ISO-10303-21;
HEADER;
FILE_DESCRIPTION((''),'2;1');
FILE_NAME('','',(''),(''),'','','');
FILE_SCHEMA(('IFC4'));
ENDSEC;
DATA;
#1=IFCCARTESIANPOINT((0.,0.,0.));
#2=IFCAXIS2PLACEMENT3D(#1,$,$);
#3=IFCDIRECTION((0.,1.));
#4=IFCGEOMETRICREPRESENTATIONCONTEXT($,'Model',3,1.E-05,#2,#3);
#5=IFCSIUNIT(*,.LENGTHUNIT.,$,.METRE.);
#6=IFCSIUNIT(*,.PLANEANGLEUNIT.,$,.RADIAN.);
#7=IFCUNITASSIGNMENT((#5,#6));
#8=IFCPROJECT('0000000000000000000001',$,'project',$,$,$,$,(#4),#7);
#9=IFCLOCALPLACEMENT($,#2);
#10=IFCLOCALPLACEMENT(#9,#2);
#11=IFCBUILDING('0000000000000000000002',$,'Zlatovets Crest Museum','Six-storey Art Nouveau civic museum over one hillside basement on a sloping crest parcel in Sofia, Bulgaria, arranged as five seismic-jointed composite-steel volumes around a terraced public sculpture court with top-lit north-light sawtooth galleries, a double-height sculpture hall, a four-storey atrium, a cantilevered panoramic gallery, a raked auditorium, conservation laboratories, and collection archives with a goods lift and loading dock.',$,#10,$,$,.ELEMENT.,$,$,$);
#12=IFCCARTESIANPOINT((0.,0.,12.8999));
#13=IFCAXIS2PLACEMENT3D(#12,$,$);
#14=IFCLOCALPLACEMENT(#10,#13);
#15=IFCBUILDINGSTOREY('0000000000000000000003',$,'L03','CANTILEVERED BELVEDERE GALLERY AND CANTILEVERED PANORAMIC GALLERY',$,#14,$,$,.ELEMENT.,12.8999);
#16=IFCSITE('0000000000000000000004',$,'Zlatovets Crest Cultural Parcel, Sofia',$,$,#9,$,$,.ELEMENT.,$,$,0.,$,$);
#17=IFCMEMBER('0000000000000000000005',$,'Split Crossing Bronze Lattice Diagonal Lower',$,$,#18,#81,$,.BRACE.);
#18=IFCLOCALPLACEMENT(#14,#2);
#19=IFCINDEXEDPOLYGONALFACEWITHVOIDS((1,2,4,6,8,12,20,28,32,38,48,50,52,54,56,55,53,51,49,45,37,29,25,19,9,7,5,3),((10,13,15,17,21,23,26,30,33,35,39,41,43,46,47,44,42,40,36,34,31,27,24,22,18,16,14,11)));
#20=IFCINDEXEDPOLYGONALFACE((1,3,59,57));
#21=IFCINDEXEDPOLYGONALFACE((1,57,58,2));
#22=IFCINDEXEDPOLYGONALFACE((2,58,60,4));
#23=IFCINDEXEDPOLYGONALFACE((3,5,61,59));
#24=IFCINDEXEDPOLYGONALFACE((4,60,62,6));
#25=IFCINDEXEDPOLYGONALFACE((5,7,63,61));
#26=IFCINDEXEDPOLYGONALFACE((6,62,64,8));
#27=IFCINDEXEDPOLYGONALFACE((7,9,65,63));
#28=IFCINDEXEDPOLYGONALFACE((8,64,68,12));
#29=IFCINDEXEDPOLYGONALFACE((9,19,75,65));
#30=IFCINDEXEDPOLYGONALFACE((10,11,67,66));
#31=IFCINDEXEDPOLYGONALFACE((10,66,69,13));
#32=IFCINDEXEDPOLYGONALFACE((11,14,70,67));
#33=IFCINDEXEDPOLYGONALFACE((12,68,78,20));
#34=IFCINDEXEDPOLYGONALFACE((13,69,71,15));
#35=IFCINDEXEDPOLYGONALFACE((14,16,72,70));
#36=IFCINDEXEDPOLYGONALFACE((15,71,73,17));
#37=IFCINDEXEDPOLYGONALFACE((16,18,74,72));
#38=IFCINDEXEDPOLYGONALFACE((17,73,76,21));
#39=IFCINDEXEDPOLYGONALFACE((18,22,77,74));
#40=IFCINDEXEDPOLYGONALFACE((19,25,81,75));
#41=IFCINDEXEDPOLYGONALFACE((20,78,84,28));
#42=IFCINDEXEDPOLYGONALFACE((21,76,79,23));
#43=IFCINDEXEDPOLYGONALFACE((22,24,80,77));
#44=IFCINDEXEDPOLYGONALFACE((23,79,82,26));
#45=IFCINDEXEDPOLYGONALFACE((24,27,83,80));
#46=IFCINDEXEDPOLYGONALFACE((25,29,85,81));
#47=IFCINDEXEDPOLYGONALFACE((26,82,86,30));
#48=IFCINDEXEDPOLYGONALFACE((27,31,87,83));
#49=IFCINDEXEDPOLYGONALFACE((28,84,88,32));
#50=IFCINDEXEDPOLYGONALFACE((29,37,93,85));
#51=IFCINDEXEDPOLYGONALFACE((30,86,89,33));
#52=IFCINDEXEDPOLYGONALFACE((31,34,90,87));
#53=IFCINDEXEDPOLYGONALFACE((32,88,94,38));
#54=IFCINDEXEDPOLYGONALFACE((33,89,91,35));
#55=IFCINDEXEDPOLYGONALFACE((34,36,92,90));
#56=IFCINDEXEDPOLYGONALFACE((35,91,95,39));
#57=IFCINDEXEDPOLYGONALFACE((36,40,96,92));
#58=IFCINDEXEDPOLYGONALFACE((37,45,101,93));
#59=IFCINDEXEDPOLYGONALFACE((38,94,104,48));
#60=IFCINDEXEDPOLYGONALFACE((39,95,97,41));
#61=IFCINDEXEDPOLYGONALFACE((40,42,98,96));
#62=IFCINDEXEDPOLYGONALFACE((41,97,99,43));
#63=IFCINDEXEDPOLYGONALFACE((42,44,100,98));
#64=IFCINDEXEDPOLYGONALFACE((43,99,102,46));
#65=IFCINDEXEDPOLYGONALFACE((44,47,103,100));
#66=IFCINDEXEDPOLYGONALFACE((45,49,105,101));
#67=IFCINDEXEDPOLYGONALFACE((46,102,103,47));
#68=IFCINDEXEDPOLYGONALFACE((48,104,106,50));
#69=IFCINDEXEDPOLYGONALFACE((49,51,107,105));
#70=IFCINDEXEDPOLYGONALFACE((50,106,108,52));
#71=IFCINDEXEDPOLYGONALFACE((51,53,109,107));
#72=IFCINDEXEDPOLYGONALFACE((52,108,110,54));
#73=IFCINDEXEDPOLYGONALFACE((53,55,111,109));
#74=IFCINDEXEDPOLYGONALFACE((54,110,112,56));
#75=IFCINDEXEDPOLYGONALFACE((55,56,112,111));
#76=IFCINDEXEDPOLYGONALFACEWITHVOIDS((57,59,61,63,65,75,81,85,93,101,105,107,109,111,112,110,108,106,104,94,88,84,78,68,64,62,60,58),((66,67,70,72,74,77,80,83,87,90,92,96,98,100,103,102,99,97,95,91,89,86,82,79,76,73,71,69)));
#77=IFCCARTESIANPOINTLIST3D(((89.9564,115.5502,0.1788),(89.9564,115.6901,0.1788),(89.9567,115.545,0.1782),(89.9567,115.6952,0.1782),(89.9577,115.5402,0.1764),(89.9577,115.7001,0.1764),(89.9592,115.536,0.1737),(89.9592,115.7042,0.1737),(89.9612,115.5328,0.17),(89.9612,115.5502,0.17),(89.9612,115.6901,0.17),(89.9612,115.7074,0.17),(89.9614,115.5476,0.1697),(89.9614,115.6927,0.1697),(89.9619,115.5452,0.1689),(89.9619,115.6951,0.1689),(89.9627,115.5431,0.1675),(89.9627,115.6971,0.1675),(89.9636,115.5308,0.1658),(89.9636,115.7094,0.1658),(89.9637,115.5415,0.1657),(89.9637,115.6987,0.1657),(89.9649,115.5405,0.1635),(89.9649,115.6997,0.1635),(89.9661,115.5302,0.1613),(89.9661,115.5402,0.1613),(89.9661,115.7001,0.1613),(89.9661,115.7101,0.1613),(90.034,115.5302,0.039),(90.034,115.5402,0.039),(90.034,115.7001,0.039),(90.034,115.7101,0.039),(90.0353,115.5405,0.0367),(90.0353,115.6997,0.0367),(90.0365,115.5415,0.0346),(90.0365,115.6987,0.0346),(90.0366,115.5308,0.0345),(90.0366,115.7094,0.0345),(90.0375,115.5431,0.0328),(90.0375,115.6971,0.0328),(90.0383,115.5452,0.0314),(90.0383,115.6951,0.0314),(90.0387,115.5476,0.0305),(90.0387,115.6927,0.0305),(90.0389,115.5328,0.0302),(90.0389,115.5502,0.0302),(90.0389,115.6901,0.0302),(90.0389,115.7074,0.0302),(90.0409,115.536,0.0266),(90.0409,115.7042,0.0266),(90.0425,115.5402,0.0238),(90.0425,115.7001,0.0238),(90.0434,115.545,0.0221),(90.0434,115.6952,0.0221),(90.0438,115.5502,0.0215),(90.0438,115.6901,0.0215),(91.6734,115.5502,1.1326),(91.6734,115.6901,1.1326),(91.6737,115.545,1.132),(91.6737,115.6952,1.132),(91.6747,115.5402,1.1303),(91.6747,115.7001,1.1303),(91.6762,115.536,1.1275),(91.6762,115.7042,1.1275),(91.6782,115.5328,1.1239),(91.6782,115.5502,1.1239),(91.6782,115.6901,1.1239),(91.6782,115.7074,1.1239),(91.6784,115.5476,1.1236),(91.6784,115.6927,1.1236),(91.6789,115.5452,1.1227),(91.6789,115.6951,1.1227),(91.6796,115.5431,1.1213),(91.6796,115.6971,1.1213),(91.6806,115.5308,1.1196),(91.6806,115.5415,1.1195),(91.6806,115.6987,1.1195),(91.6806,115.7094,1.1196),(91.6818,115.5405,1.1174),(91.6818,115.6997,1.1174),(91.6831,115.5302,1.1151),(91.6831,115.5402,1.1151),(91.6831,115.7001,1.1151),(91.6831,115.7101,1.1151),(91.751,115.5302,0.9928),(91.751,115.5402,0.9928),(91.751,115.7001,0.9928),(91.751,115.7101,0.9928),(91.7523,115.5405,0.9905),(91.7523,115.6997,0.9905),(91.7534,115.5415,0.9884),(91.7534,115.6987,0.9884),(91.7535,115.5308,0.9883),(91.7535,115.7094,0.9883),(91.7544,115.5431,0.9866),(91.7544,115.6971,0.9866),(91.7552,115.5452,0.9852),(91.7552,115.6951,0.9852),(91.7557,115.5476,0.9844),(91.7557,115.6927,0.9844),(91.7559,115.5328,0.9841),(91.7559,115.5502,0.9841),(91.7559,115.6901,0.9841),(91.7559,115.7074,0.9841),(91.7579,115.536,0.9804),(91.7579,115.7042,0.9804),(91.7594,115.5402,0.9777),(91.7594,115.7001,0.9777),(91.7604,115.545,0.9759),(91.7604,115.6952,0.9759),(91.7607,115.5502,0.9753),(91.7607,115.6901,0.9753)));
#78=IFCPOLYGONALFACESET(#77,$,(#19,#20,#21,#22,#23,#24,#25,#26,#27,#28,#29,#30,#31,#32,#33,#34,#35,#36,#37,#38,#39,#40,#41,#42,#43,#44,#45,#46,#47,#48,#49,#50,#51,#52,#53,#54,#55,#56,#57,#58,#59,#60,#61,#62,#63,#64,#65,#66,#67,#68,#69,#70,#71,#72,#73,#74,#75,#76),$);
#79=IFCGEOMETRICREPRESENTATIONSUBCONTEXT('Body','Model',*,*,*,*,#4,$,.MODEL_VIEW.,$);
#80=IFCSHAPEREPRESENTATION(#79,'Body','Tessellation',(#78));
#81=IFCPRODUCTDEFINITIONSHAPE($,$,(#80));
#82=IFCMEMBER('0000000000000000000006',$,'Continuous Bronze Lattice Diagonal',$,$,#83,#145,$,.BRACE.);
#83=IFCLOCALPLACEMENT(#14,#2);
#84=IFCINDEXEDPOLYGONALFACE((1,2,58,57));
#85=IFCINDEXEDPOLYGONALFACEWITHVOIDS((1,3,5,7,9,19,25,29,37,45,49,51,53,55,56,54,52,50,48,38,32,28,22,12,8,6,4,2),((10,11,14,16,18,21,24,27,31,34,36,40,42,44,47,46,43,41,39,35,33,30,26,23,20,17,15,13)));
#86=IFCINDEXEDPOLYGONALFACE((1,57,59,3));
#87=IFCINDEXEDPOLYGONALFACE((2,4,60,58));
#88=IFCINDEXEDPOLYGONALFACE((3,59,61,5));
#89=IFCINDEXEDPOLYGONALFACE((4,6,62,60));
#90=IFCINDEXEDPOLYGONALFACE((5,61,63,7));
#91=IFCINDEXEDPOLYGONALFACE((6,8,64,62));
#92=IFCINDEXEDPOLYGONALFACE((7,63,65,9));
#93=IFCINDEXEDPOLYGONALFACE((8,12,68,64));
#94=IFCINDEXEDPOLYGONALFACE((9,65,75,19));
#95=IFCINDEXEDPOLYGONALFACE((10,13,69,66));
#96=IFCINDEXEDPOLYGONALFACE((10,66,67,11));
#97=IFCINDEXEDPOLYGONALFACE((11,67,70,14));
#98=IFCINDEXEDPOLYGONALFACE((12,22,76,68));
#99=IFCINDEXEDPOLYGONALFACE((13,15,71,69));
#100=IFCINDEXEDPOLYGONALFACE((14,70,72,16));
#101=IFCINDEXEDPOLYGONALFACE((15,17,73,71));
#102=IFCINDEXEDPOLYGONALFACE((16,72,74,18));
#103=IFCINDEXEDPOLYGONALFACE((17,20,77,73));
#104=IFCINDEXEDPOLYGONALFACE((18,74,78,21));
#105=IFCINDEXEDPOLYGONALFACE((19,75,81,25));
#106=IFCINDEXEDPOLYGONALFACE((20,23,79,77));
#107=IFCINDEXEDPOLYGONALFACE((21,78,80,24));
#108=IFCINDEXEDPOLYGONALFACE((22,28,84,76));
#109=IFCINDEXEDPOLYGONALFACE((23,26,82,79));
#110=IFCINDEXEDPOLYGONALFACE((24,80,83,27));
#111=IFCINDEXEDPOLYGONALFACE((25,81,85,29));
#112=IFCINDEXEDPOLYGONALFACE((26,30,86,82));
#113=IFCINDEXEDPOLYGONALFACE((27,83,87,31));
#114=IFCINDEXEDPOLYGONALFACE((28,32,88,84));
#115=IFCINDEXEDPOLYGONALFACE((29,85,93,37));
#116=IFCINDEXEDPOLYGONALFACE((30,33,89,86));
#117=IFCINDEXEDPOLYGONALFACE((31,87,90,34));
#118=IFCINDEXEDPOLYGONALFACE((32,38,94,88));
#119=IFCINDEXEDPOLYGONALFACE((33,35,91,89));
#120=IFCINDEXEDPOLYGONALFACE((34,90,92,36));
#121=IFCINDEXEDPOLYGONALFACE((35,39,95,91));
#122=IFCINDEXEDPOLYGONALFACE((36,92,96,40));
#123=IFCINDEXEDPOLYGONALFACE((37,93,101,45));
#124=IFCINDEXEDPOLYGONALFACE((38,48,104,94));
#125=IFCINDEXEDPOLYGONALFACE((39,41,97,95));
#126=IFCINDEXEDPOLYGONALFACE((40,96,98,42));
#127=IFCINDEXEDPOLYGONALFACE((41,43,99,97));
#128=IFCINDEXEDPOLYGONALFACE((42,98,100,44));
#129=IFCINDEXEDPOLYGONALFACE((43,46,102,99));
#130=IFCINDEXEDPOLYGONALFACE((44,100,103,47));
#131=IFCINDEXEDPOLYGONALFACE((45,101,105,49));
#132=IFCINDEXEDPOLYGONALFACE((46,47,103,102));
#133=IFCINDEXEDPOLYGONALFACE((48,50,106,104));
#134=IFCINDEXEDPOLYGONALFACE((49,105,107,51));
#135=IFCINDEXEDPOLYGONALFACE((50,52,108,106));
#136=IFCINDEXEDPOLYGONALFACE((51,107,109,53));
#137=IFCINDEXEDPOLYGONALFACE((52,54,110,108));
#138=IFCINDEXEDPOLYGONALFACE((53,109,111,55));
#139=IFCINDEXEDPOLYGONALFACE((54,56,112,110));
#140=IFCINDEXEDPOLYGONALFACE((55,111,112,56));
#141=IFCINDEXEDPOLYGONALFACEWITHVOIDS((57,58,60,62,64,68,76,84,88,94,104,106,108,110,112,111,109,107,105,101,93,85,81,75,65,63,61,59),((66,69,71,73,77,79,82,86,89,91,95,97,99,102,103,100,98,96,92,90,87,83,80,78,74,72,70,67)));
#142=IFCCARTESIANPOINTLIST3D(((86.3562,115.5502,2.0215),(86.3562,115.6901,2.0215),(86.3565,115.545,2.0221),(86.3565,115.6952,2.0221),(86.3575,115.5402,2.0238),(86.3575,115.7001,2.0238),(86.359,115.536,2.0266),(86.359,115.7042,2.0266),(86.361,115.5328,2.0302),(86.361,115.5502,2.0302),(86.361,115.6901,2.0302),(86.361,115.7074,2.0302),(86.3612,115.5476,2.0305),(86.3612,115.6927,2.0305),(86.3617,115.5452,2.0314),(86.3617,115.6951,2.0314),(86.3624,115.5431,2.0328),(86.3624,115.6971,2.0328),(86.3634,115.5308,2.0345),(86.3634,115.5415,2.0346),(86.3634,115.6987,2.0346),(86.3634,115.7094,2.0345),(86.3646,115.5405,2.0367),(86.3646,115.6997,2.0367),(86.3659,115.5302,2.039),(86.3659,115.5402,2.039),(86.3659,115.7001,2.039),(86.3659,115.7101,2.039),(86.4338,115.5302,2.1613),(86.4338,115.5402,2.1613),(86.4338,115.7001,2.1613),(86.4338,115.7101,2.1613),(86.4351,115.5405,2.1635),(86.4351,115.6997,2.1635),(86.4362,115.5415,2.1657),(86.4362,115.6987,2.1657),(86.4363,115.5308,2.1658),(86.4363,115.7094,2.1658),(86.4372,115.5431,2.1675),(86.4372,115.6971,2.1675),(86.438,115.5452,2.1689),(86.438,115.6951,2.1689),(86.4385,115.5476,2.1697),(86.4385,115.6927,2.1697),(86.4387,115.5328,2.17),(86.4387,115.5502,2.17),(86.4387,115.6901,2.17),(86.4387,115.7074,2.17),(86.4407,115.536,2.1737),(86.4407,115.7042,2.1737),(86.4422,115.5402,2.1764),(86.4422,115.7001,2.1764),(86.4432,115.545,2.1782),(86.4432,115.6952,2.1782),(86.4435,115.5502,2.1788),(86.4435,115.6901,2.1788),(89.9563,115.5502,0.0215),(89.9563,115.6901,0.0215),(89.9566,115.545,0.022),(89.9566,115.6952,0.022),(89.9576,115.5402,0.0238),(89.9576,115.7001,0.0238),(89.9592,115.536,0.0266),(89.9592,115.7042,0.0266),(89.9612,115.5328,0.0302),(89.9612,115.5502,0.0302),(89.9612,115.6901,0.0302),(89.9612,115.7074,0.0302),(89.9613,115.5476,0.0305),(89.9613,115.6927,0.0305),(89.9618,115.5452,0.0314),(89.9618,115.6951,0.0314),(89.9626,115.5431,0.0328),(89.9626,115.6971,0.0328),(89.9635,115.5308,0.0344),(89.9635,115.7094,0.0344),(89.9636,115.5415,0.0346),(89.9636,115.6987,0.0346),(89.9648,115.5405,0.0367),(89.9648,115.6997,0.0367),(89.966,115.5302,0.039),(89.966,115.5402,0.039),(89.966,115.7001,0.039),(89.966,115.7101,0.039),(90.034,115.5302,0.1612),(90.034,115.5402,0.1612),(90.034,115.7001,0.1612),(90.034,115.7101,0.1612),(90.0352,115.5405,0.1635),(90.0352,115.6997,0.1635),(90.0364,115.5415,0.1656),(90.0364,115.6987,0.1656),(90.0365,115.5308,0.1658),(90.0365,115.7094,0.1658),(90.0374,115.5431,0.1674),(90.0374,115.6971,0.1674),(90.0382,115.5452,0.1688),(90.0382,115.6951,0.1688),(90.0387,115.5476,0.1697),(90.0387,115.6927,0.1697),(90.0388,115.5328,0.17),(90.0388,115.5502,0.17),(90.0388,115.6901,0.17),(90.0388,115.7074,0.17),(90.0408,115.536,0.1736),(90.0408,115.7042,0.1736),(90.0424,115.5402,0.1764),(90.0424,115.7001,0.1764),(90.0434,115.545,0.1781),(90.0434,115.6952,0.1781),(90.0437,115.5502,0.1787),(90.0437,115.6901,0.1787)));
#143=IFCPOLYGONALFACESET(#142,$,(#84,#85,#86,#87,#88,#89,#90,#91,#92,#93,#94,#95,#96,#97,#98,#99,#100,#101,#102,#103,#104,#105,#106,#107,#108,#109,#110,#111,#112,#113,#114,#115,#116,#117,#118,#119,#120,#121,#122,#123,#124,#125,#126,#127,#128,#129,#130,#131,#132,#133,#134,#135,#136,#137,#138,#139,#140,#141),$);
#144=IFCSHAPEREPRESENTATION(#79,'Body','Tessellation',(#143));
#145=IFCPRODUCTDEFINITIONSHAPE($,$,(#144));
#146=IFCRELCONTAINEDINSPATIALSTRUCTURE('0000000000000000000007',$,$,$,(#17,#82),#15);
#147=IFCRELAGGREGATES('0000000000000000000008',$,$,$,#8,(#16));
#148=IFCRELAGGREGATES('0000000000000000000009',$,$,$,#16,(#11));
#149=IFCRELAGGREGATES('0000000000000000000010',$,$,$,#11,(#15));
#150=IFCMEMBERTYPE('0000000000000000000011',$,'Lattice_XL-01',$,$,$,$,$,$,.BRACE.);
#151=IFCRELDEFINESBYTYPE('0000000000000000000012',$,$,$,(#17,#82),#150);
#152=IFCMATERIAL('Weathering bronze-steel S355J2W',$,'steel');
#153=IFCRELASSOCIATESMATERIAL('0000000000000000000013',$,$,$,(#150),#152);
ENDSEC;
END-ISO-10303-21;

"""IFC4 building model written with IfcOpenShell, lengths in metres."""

from ifc_helpers import new_model, si_unit, direction, frame, origin, origin_2d, place, context, subcontext, project, spatial, hollow_rectangle, extrude, material, material_profile, profile_set, type_object, element, save


model = new_model("IFC4")

# Units and contexts
model_context = context("Model", 3, precision=1e-05, world=origin(), true_north=direction((0.0, 1.0)))
body_context = subcontext(model_context, "Body", "Model", "MODEL_VIEW")
ifc_project = project(units=[si_unit("LENGTHUNIT", "METRE"), si_unit("PLANEANGLEUNIT", "RADIAN")], contexts=[model_context])

# Site, building, storey
site_placement = place(None, origin())
site = spatial("IfcSite", under=ifc_project, at=site_placement, Name="Zlatovets Crest Cultural Parcel, Sofia", CompositionType="ELEMENT", RefElevation=0.0)
building_placement = place(site_placement, origin())
building = spatial("IfcBuilding", under=site, at=building_placement, Name="Zlatovets Crest Museum", Description="Six-storey Art Nouveau civic museum over one hillside basement on a sloping crest parcel in Sofia, Bulgaria, arranged as five seismic-jointed composite-steel volumes around a terraced public sculpture court with top-lit north-light sawtooth galleries, a double-height sculpture hall, a four-storey atrium, a cantilevered panoramic gallery, a raked auditorium, conservation laboratories, and collection archives with a goods lift and loading dock.", CompositionType="ELEMENT")
storey_placement = place(building_placement, frame((0.0, 0.0, 12.8999)))
storey = spatial("IfcBuildingStorey", under=building, at=storey_placement, Name="L03", Description="CANTILEVERED BELVEDERE GALLERY AND CANTILEVERED PANORAMIC GALLERY", CompositionType="ELEMENT", Elevation=12.8999)

# Members
ifc_material_1 = material(Name="Weathering bronze-steel S355J2W", Category="steel")
ifc_material_profile_1 = material_profile(ifc_material_1, hollow_rectangle(XDim=0.1799, YDim=0.1799, WallThickness=0.01, InnerFilletRadius=0.01, OuterFilletRadius=0.02, at=origin_2d()), Name="SHS 180x180x10.0")
ifc_profile_set_1 = profile_set([ifc_material_profile_1], Name="Weathering bronze-steel S355J2W")
member_type_1 = type_object("IfcMemberType", Name="Lattice_XL-01", PredefinedType="BRACE", material=ifc_profile_set_1)
member_1_placement = place(storey_placement, frame((91.717, 115.6201, 1.054), z_axis=(-0.874169, 0.0, -0.485622), x_axis=(0.0, -1.0, 0.0)))
element("IfcMember", 1, at=member_1_placement, inside=storey, type_object=member_type_1, Name="Split Crossing Bronze Lattice Diagonal Lower", PredefinedType="BRACE", context=body_context, shape_type="SweptSolid", body=[
    extrude(hollow_rectangle(XDim=0.1799, YDim=0.1799, WallThickness=0.01, InnerFilletRadius=0.01, OuterFilletRadius=0.02, at=origin_2d()), origin(), (0.0, 0.0, 1.0), 1.9641),
])
member_2_placement = place(storey_placement, frame((90.0, 115.6201, 0.1001), z_axis=(-0.874163, 0.0, 0.485633), x_axis=(0.0, -1.0, 0.0)))
element("IfcMember", 2, at=member_2_placement, inside=storey, type_object=member_type_1, Name="Continuous Bronze Lattice Diagonal", PredefinedType="BRACE", context=body_context, shape_type="SweptSolid", body=[
    extrude(hollow_rectangle(XDim=0.1799, YDim=0.1799, WallThickness=0.01, InnerFilletRadius=0.01, OuterFilletRadius=0.02, at=origin_2d()), origin(), (0.0, 0.0, 1.0), 4.1184),
])

save(model, "model.ifc")
